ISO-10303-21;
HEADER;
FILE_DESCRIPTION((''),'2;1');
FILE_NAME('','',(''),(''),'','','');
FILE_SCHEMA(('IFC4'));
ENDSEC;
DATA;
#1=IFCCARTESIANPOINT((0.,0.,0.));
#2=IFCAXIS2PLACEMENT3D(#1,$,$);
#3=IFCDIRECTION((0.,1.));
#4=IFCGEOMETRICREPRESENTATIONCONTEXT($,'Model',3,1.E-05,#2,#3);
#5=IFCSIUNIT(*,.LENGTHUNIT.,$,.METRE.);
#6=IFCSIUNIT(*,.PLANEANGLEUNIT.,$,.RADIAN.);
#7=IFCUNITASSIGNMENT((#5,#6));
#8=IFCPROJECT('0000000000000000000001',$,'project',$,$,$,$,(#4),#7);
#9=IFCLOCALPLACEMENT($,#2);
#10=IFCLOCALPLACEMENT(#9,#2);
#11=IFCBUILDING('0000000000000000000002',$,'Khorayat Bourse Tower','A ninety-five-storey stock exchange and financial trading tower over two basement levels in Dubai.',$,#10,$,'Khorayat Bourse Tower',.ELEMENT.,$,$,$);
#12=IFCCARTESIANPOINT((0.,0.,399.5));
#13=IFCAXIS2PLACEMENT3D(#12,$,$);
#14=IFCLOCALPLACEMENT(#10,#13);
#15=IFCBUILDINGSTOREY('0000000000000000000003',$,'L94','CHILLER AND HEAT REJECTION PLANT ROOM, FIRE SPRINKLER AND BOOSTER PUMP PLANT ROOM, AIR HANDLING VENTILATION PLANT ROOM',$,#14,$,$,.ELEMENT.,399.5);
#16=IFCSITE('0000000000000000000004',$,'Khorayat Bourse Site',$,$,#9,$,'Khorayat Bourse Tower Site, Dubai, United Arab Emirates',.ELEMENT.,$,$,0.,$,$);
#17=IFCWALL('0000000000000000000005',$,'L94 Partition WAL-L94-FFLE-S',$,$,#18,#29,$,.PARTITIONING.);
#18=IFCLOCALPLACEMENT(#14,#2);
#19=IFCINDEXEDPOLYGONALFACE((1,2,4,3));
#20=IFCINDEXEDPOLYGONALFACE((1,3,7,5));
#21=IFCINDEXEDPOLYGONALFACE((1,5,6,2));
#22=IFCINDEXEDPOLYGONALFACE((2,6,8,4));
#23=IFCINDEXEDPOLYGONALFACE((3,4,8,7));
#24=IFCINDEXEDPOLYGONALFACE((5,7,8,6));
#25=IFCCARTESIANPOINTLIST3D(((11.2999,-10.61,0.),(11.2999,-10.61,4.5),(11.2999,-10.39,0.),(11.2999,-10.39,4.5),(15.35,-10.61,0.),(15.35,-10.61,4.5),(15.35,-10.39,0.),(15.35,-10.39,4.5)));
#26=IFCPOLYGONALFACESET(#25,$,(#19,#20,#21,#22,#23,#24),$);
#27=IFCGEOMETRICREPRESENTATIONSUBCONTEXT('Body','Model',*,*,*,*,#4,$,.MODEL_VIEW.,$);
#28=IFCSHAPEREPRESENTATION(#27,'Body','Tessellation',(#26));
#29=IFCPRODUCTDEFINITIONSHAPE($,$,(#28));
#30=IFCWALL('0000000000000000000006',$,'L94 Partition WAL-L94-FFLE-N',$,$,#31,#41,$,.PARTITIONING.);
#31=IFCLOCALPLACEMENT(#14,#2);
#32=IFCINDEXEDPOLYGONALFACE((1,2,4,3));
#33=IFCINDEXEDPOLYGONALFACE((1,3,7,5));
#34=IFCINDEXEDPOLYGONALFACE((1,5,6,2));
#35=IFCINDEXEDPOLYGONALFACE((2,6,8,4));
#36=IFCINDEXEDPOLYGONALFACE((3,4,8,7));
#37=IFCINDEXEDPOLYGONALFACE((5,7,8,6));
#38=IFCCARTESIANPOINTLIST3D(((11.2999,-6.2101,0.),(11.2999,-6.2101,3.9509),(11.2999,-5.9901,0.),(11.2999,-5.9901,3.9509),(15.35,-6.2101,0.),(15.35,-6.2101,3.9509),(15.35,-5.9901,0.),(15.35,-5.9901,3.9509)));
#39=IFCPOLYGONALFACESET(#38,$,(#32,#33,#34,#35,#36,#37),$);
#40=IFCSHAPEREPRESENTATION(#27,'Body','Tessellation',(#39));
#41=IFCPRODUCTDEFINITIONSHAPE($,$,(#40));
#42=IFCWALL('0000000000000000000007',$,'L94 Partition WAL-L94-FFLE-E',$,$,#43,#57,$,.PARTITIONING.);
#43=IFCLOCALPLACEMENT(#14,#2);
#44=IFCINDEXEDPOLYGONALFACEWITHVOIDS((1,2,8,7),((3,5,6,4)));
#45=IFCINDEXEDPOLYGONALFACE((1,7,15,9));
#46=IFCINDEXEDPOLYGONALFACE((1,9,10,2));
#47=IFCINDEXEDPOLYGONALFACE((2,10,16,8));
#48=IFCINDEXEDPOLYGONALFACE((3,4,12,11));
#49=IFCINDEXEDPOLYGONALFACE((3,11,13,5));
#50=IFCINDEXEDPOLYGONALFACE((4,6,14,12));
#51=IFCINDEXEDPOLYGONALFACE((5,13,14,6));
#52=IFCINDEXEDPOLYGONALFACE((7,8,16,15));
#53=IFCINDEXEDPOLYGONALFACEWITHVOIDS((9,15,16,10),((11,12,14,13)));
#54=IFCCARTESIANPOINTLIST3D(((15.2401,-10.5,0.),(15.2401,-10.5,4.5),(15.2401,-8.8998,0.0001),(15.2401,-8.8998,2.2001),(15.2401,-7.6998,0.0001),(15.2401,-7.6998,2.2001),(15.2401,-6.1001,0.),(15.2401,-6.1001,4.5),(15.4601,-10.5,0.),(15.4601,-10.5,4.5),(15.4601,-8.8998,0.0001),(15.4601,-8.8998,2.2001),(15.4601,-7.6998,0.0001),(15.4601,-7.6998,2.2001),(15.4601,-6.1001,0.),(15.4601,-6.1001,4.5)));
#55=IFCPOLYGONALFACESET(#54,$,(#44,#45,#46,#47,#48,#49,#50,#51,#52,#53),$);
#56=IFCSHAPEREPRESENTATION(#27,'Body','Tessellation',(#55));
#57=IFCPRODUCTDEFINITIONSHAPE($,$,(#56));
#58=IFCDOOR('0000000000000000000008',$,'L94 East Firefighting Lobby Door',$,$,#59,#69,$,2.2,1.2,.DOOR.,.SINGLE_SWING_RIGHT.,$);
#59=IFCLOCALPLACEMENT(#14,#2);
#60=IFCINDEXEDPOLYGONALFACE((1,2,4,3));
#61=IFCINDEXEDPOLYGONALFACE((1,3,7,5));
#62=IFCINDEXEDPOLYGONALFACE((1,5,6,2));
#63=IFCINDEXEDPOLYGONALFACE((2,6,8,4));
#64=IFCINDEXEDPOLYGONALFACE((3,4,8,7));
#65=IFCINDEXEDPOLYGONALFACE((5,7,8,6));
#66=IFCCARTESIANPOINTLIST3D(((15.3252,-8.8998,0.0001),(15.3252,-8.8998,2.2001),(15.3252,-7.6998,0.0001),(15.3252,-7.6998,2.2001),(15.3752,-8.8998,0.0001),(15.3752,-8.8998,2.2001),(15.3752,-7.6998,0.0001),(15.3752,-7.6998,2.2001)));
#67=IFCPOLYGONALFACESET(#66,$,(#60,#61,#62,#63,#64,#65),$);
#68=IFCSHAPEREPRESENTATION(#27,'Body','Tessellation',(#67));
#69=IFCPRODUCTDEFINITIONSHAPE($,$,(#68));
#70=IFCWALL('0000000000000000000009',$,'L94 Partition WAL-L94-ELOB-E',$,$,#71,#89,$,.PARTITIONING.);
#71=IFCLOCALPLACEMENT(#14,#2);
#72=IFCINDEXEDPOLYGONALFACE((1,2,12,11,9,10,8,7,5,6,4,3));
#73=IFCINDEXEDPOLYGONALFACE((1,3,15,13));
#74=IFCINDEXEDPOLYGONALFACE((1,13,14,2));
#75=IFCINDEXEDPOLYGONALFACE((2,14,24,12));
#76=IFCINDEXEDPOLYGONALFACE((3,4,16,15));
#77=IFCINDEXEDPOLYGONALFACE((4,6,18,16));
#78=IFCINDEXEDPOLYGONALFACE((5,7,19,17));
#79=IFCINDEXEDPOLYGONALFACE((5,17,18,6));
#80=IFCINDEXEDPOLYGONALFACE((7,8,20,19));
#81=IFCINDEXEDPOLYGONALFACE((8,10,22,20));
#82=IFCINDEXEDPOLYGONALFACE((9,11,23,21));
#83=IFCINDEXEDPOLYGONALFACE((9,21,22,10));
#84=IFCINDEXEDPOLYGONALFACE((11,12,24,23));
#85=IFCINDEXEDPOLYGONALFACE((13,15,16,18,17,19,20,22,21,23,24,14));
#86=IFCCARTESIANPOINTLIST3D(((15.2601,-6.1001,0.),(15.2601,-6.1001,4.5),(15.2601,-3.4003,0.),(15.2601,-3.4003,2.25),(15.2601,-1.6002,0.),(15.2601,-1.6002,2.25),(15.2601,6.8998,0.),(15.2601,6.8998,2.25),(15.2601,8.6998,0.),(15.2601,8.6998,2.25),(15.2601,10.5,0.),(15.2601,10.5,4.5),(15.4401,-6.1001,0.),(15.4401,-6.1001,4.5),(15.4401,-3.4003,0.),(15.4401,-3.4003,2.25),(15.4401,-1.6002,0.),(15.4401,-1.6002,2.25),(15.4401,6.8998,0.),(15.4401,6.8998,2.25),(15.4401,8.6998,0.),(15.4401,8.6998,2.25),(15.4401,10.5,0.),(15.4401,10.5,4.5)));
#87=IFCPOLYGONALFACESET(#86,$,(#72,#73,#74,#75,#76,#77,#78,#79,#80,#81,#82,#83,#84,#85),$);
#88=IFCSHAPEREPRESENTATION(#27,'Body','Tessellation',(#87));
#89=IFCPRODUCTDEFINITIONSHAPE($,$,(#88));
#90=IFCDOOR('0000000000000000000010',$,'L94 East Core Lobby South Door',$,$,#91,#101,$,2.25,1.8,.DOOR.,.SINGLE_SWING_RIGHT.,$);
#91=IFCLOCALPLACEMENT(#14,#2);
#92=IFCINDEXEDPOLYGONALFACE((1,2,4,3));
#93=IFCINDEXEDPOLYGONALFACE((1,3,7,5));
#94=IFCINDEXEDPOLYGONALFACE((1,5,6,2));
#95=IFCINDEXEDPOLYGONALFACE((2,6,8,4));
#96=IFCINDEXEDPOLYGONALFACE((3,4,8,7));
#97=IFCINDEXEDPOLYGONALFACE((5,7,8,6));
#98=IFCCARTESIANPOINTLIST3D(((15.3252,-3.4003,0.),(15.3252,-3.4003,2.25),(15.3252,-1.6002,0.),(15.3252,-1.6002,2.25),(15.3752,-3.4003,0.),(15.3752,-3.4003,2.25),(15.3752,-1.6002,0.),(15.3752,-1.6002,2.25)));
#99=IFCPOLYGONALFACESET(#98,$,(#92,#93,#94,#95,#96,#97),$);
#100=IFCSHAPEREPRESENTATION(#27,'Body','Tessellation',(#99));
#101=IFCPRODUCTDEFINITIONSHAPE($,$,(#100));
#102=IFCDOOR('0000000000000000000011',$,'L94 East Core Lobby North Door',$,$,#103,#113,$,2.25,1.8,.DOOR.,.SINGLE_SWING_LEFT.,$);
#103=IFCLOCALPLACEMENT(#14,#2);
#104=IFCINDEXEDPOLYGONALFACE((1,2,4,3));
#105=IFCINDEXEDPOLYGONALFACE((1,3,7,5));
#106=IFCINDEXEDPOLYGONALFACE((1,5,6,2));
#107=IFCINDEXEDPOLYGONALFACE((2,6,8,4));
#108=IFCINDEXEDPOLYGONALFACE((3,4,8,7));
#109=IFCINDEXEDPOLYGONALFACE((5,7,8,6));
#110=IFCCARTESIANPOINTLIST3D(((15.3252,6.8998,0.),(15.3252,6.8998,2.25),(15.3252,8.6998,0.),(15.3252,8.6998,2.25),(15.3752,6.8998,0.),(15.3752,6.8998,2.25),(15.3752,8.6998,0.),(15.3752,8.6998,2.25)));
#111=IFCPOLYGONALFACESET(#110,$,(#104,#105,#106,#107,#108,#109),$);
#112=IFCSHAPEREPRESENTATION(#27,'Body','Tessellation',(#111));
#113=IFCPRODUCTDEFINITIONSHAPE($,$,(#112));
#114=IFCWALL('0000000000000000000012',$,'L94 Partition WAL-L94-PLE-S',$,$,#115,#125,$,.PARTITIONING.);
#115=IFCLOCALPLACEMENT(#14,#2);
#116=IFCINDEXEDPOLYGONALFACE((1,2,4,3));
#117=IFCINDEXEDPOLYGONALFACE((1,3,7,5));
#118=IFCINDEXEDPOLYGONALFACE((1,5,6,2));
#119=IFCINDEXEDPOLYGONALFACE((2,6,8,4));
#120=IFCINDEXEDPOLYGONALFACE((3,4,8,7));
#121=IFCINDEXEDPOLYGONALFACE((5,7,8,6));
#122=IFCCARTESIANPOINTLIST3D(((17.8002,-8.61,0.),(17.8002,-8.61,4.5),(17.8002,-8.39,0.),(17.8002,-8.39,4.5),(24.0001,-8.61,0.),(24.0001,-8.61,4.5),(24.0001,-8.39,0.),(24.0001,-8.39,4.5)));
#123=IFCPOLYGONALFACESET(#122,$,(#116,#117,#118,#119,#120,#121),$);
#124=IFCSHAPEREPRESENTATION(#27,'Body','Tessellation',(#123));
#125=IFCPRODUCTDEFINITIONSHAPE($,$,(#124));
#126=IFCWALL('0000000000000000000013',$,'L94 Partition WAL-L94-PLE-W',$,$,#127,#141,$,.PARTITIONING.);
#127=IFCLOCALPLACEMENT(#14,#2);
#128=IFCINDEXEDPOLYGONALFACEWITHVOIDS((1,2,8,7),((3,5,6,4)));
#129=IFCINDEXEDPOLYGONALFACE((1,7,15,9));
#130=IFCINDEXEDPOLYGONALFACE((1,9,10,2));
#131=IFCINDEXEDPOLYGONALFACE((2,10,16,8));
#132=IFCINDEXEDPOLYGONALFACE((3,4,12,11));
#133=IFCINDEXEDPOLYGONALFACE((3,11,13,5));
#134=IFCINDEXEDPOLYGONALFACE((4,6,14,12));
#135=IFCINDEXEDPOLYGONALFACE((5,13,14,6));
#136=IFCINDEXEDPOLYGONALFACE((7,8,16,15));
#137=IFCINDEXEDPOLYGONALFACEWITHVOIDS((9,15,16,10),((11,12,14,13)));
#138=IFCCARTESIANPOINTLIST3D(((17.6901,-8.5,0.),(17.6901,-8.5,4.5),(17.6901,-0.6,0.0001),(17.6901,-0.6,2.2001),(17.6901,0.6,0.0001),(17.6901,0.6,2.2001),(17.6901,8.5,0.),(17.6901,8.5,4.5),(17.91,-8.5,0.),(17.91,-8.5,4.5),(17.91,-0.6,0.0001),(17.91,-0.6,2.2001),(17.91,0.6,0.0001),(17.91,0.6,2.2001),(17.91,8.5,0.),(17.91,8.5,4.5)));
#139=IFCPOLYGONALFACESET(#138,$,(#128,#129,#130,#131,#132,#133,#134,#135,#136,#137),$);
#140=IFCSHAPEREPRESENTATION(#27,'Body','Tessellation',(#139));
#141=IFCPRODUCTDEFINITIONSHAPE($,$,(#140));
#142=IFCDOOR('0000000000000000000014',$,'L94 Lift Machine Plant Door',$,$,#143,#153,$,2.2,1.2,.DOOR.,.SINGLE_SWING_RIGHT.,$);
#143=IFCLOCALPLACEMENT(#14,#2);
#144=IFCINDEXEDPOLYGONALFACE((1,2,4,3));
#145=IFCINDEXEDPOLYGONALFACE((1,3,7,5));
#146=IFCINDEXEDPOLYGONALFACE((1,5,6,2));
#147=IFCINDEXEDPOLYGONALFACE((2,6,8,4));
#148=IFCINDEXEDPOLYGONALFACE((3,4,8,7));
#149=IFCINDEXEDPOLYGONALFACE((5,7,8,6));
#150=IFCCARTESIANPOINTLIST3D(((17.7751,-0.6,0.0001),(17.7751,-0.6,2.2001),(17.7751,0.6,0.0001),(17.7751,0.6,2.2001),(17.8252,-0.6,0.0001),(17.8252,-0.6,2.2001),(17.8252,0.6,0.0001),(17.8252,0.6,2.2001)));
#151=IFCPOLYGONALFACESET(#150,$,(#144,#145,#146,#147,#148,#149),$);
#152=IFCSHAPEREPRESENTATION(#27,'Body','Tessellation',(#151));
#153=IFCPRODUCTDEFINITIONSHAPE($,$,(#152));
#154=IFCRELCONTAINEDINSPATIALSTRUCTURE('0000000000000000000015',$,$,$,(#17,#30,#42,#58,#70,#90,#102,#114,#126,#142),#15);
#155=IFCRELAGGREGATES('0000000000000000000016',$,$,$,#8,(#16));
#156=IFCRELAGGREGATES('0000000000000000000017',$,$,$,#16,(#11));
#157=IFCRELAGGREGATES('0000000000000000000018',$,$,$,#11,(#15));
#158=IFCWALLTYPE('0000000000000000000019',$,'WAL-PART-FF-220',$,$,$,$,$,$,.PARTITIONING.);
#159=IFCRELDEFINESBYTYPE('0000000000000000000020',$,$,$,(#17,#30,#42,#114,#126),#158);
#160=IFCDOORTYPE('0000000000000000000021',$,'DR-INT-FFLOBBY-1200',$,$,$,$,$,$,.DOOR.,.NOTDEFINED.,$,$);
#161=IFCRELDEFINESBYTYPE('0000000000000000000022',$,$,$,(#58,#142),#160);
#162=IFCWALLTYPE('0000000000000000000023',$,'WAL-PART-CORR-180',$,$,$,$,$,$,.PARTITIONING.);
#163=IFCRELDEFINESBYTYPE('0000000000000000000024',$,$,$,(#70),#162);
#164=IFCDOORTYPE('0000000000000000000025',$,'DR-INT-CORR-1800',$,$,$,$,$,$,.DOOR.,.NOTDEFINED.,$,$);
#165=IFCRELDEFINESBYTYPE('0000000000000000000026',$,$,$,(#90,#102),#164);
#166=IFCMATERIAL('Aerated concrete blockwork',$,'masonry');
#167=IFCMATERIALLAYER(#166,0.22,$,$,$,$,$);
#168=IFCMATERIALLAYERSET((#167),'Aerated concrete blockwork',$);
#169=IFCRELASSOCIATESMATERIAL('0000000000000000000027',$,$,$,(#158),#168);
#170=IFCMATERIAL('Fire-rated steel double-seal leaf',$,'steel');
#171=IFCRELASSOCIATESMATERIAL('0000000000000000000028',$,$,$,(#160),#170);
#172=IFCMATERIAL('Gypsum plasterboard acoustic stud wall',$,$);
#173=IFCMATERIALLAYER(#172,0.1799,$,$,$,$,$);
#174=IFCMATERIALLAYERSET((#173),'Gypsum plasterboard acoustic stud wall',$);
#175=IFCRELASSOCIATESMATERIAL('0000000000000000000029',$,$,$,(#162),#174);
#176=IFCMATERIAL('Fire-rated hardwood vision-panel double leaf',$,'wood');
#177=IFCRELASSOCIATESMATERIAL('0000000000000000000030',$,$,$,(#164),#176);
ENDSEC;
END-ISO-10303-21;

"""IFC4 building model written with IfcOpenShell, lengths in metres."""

from ifc_helpers import new_model, si_unit, direction, frame, frame_2d, origin, place, context, subcontext, project, spatial, rectangle, extrude, source, transform, mapped, material, layer, layer_set, type_object, element, fill, save


model = new_model("IFC4")

# Units and contexts
model_context = context("Model", 3, precision=1e-05, world=origin(), true_north=direction((0.0, 1.0)))
body_context = subcontext(model_context, "Body", "Model", "MODEL_VIEW")
ifc_project = project(units=[si_unit("LENGTHUNIT", "METRE"), si_unit("PLANEANGLEUNIT", "RADIAN")], contexts=[model_context])

# Site, building, storey
site_placement = place(None, origin())
site = spatial("IfcSite", under=ifc_project, at=site_placement, Name="Khorayat Bourse Site", LongName="Khorayat Bourse Tower Site, Dubai, United Arab Emirates", CompositionType="ELEMENT", RefElevation=0.0)
building_placement = place(site_placement, origin())
building = spatial("IfcBuilding", under=site, at=building_placement, Name="Khorayat Bourse Tower", Description="A ninety-five-storey stock exchange and financial trading tower over two basement levels in Dubai.", LongName="Khorayat Bourse Tower", CompositionType="ELEMENT")
storey_placement = place(building_placement, frame((0.0, 0.0, 399.5)))
storey = spatial("IfcBuildingStorey", under=building, at=storey_placement, Name="L94", Description="CHILLER AND HEAT REJECTION PLANT ROOM, FIRE SPRINKLER AND BOOSTER PUMP PLANT ROOM, AIR HANDLING VENTILATION PLANT ROOM", CompositionType="ELEMENT", Elevation=399.5)

# Walls
ifc_material_1 = material(Name="Aerated concrete blockwork", Category="masonry")
ifc_layer_1 = layer(ifc_material_1, 0.22)
ifc_layer_set_1 = layer_set([ifc_layer_1], Name="Aerated concrete blockwork")
wall_type_1 = type_object("IfcWallType", Name="WAL-PART-FF-220", PredefinedType="PARTITIONING", material=ifc_layer_set_1)
shared_shape_1 = source(origin(), body_context, "Body", "SweptSolid", [
    extrude(rectangle(XDim=4.05, YDim=0.22, at=frame_2d((2.0249, 0.0))), origin(), (0.0, 0.0, 1.0), 4.5),
])
wall_1_placement = place(storey_placement, frame((11.3, -10.5, 0.0), z_axis=(0.0, 0.0, 1.0), x_axis=(1.0, 0.0, 0.0)))
element("IfcWall", 1, at=wall_1_placement, inside=storey, type_object=wall_type_1, Name="L94 Partition WAL-L94-FFLE-S", PredefinedType="PARTITIONING", context=body_context, shape_type="MappedRepresentation", body=[
    mapped(shared_shape_1, transform((0.0, 0.0, 0.0), scale=1.0)),
])
shared_shape_2 = source(origin(), body_context, "Body", "SweptSolid", [
    extrude(rectangle(XDim=4.05, YDim=0.22, at=frame_2d((2.0249, 0.0))), origin(), (0.0, 0.0, 1.0), 3.9509),
])
wall_2_placement = place(storey_placement, frame((11.3, -6.1001, 0.0), z_axis=(0.0, 0.0, 1.0), x_axis=(1.0, 0.0, 0.0)))
element("IfcWall", 2, at=wall_2_placement, inside=storey, type_object=wall_type_1, Name="L94 Partition WAL-L94-FFLE-N", PredefinedType="PARTITIONING", context=body_context, shape_type="MappedRepresentation", body=[
    mapped(shared_shape_2, transform((0.0, 0.0, 0.0), scale=1.0)),
])

# Wall, opening, door
shared_shape_3 = source(origin(), body_context, "Body", "SweptSolid", [
    extrude(rectangle(XDim=4.3999, YDim=0.22, at=frame_2d((2.2, 0.0))), origin(), (0.0, 0.0, 1.0), 4.5),
])
wall_3_placement = place(storey_placement, frame((15.3501, -10.5, 0.0), z_axis=(0.0, 0.0, 1.0), x_axis=(0.0, 1.0, 0.0)))
wall_3 = element("IfcWall", 3, at=wall_3_placement, inside=storey, type_object=wall_type_1, Name="L94 Partition WAL-L94-FFLE-E", PredefinedType="PARTITIONING", context=body_context, shape_type="MappedRepresentation", body=[
    mapped(shared_shape_3, transform((0.0, 0.0, 0.0), scale=1.0)),
])
shared_shape_4 = source(origin(), body_context, "Body", "SweptSolid", [
    extrude(rectangle(XDim=1.2, YDim=2.2, at=frame_2d((0.6001, 1.1001))), frame((0.0, 0.1199, 0.0), z_axis=(0.0, -1.0, 0.0), x_axis=(1.0, 0.0, 0.0)), (0.0, 0.0, 1.0), 0.24),
])
opening_1_placement = place(wall_3_placement, frame((1.6001, 0.0, 0.0)))
opening_1 = element("IfcOpeningElement", 4, at=opening_1_placement, cuts=wall_3, PredefinedType="OPENING", context=body_context, shape_type="MappedRepresentation", body=[
    mapped(shared_shape_4, transform((0.0, 0.0, 0.0), scale=1.0)),
])
ifc_material_2 = material(Name="Fire-rated steel double-seal leaf", Category="steel")
door_type_1 = type_object("IfcDoorType", Name="DR-INT-FFLOBBY-1200", OperationType="NOTDEFINED", PredefinedType="DOOR", material=ifc_material_2)
shared_shape_5 = source(origin(), body_context, "Body", "SweptSolid", [
    extrude(rectangle(XDim=1.2, YDim=2.2, at=frame_2d((0.6001, 1.1001))), frame((0.0, 0.0249, 0.0), z_axis=(0.0, -1.0, 0.0), x_axis=(1.0, 0.0, 0.0)), (0.0, 0.0, 1.0), 0.05),
])
door_1_placement = place(opening_1_placement, origin())
door_1 = element("IfcDoor", 5, at=door_1_placement, inside=storey, type_object=door_type_1, Name="L94 East Firefighting Lobby Door", OperationType="SINGLE_SWING_RIGHT", OverallHeight=2.2, OverallWidth=1.2, PredefinedType="DOOR", context=body_context, shape_type="MappedRepresentation", body=[
    mapped(shared_shape_5, transform((0.0, 0.0, 0.0), scale=1.0)),
])
fill(opening_1, door_1)

# Wall, openings, doors
ifc_material_3 = material(Name="Gypsum plasterboard acoustic stud wall")
ifc_layer_2 = layer(ifc_material_3, 0.1799)
ifc_layer_set_2 = layer_set([ifc_layer_2], Name="Gypsum plasterboard acoustic stud wall")
wall_type_2 = type_object("IfcWallType", Name="WAL-PART-CORR-180", PredefinedType="PARTITIONING", material=ifc_layer_set_2)
shared_shape_6 = source(origin(), body_context, "Body", "SweptSolid", [
    extrude(rectangle(XDim=16.6001, YDim=0.1799, at=frame_2d((8.3, 0.0))), origin(), (0.0, 0.0, 1.0), 4.5),
])
wall_4_placement = place(storey_placement, frame((15.3501, -6.1001, 0.0), z_axis=(0.0, 0.0, 1.0), x_axis=(0.0, 1.0, 0.0)))
wall_4 = element("IfcWall", 6, at=wall_4_placement, inside=storey, type_object=wall_type_2, Name="L94 Partition WAL-L94-ELOB-E", PredefinedType="PARTITIONING", context=body_context, shape_type="MappedRepresentation", body=[
    mapped(shared_shape_6, transform((0.0, 0.0, 0.0), scale=1.0)),
])
shared_shape_7 = source(origin(), body_context, "Body", "SweptSolid", [
    extrude(rectangle(XDim=1.8, YDim=2.25, at=frame_2d((0.8999, 1.125))), frame((0.0, 0.0999, 0.0), z_axis=(0.0, -1.0, 0.0), x_axis=(1.0, 0.0, 0.0)), (0.0, 0.0, 1.0), 0.2),
])
opening_2_placement = place(wall_4_placement, frame((2.7, 0.0, 0.0)))
opening_2 = element("IfcOpeningElement", 7, at=opening_2_placement, cuts=wall_4, PredefinedType="OPENING", context=body_context, shape_type="MappedRepresentation", body=[
    mapped(shared_shape_7, transform((0.0, 0.0, 0.0), scale=1.0)),
])
opening_3_placement = place(wall_4_placement, frame((13.0, 0.0, 0.0)))
opening_3 = element("IfcOpeningElement", 8, at=opening_3_placement, cuts=wall_4, PredefinedType="OPENING", context=body_context, shape_type="MappedRepresentation", body=[
    mapped(shared_shape_7, transform((0.0, 0.0, 0.0), scale=1.0)),
])
ifc_material_4 = material(Name="Fire-rated hardwood vision-panel double leaf", Category="wood")
door_type_2 = type_object("IfcDoorType", Name="DR-INT-CORR-1800", OperationType="NOTDEFINED", PredefinedType="DOOR", material=ifc_material_4)
shared_shape_8 = source(origin(), body_context, "Body", "SweptSolid", [
    extrude(rectangle(XDim=1.8, YDim=2.25, at=frame_2d((0.8999, 1.125))), frame((0.0, 0.0249, 0.0), z_axis=(0.0, -1.0, 0.0), x_axis=(1.0, 0.0, 0.0)), (0.0, 0.0, 1.0), 0.05),
])
door_2_placement = place(opening_2_placement, origin())
door_2 = element("IfcDoor", 9, at=door_2_placement, inside=storey, type_object=door_type_2, Name="L94 East Core Lobby South Door", OperationType="SINGLE_SWING_RIGHT", OverallHeight=2.25, OverallWidth=1.8, PredefinedType="DOOR", context=body_context, shape_type="MappedRepresentation", body=[
    mapped(shared_shape_8, transform((0.0, 0.0, 0.0), scale=1.0)),
])
fill(opening_2, door_2)
door_3_placement = place(opening_3_placement, origin())
door_3 = element("IfcDoor", 10, at=door_3_placement, inside=storey, type_object=door_type_2, Name="L94 East Core Lobby North Door", OperationType="SINGLE_SWING_LEFT", OverallHeight=2.25, OverallWidth=1.8, PredefinedType="DOOR", context=body_context, shape_type="MappedRepresentation", body=[
    mapped(shared_shape_8, transform((0.0, 0.0, 0.0), scale=1.0)),
])
fill(opening_3, door_3)

# Wall
shared_shape_9 = source(origin(), body_context, "Body", "SweptSolid", [
    extrude(rectangle(XDim=6.2, YDim=0.22, at=frame_2d((3.1001, 0.0))), origin(), (0.0, 0.0, 1.0), 4.5),
])
wall_5_placement = place(storey_placement, frame((17.8, -8.5, 0.0), z_axis=(0.0, 0.0, 1.0), x_axis=(1.0, 0.0, 0.0)))
element("IfcWall", 11, at=wall_5_placement, inside=storey, type_object=wall_type_1, Name="L94 Partition WAL-L94-PLE-S", PredefinedType="PARTITIONING", context=body_context, shape_type="MappedRepresentation", body=[
    mapped(shared_shape_9, transform((0.0, 0.0, 0.0), scale=1.0)),
])

# Wall, opening, door
shared_shape_10 = source(origin(), body_context, "Body", "SweptSolid", [
    extrude(rectangle(XDim=17.0, YDim=0.22, at=frame_2d((8.5, 0.0))), origin(), (0.0, 0.0, 1.0), 4.5),
])
wall_6_placement = place(storey_placement, frame((17.8, -8.5, 0.0), z_axis=(0.0, 0.0, 1.0), x_axis=(0.0, 1.0, 0.0)))
wall_6 = element("IfcWall", 12, at=wall_6_placement, inside=storey, type_object=wall_type_1, Name="L94 Partition WAL-L94-PLE-W", PredefinedType="PARTITIONING", context=body_context, shape_type="MappedRepresentation", body=[
    mapped(shared_shape_10, transform((0.0, 0.0, 0.0), scale=1.0)),
])
opening_4_placement = place(wall_6_placement, frame((7.8999, 0.0, 0.0)))
opening_4 = element("IfcOpeningElement", 13, at=opening_4_placement, cuts=wall_6, PredefinedType="OPENING", context=body_context, shape_type="MappedRepresentation", body=[
    mapped(shared_shape_4, transform((0.0, 0.0, 0.0), scale=1.0)),
])
door_4_placement = place(opening_4_placement, origin())
door_4 = element("IfcDoor", 14, at=door_4_placement, inside=storey, type_object=door_type_1, Name="L94 Lift Machine Plant Door", OperationType="SINGLE_SWING_RIGHT", OverallHeight=2.2, OverallWidth=1.2, PredefinedType="DOOR", context=body_context, shape_type="MappedRepresentation", body=[
    mapped(shared_shape_5, transform((0.0, 0.0, 0.0), scale=1.0)),
])
fill(opening_4, door_4)

save(model, "model.ifc")
